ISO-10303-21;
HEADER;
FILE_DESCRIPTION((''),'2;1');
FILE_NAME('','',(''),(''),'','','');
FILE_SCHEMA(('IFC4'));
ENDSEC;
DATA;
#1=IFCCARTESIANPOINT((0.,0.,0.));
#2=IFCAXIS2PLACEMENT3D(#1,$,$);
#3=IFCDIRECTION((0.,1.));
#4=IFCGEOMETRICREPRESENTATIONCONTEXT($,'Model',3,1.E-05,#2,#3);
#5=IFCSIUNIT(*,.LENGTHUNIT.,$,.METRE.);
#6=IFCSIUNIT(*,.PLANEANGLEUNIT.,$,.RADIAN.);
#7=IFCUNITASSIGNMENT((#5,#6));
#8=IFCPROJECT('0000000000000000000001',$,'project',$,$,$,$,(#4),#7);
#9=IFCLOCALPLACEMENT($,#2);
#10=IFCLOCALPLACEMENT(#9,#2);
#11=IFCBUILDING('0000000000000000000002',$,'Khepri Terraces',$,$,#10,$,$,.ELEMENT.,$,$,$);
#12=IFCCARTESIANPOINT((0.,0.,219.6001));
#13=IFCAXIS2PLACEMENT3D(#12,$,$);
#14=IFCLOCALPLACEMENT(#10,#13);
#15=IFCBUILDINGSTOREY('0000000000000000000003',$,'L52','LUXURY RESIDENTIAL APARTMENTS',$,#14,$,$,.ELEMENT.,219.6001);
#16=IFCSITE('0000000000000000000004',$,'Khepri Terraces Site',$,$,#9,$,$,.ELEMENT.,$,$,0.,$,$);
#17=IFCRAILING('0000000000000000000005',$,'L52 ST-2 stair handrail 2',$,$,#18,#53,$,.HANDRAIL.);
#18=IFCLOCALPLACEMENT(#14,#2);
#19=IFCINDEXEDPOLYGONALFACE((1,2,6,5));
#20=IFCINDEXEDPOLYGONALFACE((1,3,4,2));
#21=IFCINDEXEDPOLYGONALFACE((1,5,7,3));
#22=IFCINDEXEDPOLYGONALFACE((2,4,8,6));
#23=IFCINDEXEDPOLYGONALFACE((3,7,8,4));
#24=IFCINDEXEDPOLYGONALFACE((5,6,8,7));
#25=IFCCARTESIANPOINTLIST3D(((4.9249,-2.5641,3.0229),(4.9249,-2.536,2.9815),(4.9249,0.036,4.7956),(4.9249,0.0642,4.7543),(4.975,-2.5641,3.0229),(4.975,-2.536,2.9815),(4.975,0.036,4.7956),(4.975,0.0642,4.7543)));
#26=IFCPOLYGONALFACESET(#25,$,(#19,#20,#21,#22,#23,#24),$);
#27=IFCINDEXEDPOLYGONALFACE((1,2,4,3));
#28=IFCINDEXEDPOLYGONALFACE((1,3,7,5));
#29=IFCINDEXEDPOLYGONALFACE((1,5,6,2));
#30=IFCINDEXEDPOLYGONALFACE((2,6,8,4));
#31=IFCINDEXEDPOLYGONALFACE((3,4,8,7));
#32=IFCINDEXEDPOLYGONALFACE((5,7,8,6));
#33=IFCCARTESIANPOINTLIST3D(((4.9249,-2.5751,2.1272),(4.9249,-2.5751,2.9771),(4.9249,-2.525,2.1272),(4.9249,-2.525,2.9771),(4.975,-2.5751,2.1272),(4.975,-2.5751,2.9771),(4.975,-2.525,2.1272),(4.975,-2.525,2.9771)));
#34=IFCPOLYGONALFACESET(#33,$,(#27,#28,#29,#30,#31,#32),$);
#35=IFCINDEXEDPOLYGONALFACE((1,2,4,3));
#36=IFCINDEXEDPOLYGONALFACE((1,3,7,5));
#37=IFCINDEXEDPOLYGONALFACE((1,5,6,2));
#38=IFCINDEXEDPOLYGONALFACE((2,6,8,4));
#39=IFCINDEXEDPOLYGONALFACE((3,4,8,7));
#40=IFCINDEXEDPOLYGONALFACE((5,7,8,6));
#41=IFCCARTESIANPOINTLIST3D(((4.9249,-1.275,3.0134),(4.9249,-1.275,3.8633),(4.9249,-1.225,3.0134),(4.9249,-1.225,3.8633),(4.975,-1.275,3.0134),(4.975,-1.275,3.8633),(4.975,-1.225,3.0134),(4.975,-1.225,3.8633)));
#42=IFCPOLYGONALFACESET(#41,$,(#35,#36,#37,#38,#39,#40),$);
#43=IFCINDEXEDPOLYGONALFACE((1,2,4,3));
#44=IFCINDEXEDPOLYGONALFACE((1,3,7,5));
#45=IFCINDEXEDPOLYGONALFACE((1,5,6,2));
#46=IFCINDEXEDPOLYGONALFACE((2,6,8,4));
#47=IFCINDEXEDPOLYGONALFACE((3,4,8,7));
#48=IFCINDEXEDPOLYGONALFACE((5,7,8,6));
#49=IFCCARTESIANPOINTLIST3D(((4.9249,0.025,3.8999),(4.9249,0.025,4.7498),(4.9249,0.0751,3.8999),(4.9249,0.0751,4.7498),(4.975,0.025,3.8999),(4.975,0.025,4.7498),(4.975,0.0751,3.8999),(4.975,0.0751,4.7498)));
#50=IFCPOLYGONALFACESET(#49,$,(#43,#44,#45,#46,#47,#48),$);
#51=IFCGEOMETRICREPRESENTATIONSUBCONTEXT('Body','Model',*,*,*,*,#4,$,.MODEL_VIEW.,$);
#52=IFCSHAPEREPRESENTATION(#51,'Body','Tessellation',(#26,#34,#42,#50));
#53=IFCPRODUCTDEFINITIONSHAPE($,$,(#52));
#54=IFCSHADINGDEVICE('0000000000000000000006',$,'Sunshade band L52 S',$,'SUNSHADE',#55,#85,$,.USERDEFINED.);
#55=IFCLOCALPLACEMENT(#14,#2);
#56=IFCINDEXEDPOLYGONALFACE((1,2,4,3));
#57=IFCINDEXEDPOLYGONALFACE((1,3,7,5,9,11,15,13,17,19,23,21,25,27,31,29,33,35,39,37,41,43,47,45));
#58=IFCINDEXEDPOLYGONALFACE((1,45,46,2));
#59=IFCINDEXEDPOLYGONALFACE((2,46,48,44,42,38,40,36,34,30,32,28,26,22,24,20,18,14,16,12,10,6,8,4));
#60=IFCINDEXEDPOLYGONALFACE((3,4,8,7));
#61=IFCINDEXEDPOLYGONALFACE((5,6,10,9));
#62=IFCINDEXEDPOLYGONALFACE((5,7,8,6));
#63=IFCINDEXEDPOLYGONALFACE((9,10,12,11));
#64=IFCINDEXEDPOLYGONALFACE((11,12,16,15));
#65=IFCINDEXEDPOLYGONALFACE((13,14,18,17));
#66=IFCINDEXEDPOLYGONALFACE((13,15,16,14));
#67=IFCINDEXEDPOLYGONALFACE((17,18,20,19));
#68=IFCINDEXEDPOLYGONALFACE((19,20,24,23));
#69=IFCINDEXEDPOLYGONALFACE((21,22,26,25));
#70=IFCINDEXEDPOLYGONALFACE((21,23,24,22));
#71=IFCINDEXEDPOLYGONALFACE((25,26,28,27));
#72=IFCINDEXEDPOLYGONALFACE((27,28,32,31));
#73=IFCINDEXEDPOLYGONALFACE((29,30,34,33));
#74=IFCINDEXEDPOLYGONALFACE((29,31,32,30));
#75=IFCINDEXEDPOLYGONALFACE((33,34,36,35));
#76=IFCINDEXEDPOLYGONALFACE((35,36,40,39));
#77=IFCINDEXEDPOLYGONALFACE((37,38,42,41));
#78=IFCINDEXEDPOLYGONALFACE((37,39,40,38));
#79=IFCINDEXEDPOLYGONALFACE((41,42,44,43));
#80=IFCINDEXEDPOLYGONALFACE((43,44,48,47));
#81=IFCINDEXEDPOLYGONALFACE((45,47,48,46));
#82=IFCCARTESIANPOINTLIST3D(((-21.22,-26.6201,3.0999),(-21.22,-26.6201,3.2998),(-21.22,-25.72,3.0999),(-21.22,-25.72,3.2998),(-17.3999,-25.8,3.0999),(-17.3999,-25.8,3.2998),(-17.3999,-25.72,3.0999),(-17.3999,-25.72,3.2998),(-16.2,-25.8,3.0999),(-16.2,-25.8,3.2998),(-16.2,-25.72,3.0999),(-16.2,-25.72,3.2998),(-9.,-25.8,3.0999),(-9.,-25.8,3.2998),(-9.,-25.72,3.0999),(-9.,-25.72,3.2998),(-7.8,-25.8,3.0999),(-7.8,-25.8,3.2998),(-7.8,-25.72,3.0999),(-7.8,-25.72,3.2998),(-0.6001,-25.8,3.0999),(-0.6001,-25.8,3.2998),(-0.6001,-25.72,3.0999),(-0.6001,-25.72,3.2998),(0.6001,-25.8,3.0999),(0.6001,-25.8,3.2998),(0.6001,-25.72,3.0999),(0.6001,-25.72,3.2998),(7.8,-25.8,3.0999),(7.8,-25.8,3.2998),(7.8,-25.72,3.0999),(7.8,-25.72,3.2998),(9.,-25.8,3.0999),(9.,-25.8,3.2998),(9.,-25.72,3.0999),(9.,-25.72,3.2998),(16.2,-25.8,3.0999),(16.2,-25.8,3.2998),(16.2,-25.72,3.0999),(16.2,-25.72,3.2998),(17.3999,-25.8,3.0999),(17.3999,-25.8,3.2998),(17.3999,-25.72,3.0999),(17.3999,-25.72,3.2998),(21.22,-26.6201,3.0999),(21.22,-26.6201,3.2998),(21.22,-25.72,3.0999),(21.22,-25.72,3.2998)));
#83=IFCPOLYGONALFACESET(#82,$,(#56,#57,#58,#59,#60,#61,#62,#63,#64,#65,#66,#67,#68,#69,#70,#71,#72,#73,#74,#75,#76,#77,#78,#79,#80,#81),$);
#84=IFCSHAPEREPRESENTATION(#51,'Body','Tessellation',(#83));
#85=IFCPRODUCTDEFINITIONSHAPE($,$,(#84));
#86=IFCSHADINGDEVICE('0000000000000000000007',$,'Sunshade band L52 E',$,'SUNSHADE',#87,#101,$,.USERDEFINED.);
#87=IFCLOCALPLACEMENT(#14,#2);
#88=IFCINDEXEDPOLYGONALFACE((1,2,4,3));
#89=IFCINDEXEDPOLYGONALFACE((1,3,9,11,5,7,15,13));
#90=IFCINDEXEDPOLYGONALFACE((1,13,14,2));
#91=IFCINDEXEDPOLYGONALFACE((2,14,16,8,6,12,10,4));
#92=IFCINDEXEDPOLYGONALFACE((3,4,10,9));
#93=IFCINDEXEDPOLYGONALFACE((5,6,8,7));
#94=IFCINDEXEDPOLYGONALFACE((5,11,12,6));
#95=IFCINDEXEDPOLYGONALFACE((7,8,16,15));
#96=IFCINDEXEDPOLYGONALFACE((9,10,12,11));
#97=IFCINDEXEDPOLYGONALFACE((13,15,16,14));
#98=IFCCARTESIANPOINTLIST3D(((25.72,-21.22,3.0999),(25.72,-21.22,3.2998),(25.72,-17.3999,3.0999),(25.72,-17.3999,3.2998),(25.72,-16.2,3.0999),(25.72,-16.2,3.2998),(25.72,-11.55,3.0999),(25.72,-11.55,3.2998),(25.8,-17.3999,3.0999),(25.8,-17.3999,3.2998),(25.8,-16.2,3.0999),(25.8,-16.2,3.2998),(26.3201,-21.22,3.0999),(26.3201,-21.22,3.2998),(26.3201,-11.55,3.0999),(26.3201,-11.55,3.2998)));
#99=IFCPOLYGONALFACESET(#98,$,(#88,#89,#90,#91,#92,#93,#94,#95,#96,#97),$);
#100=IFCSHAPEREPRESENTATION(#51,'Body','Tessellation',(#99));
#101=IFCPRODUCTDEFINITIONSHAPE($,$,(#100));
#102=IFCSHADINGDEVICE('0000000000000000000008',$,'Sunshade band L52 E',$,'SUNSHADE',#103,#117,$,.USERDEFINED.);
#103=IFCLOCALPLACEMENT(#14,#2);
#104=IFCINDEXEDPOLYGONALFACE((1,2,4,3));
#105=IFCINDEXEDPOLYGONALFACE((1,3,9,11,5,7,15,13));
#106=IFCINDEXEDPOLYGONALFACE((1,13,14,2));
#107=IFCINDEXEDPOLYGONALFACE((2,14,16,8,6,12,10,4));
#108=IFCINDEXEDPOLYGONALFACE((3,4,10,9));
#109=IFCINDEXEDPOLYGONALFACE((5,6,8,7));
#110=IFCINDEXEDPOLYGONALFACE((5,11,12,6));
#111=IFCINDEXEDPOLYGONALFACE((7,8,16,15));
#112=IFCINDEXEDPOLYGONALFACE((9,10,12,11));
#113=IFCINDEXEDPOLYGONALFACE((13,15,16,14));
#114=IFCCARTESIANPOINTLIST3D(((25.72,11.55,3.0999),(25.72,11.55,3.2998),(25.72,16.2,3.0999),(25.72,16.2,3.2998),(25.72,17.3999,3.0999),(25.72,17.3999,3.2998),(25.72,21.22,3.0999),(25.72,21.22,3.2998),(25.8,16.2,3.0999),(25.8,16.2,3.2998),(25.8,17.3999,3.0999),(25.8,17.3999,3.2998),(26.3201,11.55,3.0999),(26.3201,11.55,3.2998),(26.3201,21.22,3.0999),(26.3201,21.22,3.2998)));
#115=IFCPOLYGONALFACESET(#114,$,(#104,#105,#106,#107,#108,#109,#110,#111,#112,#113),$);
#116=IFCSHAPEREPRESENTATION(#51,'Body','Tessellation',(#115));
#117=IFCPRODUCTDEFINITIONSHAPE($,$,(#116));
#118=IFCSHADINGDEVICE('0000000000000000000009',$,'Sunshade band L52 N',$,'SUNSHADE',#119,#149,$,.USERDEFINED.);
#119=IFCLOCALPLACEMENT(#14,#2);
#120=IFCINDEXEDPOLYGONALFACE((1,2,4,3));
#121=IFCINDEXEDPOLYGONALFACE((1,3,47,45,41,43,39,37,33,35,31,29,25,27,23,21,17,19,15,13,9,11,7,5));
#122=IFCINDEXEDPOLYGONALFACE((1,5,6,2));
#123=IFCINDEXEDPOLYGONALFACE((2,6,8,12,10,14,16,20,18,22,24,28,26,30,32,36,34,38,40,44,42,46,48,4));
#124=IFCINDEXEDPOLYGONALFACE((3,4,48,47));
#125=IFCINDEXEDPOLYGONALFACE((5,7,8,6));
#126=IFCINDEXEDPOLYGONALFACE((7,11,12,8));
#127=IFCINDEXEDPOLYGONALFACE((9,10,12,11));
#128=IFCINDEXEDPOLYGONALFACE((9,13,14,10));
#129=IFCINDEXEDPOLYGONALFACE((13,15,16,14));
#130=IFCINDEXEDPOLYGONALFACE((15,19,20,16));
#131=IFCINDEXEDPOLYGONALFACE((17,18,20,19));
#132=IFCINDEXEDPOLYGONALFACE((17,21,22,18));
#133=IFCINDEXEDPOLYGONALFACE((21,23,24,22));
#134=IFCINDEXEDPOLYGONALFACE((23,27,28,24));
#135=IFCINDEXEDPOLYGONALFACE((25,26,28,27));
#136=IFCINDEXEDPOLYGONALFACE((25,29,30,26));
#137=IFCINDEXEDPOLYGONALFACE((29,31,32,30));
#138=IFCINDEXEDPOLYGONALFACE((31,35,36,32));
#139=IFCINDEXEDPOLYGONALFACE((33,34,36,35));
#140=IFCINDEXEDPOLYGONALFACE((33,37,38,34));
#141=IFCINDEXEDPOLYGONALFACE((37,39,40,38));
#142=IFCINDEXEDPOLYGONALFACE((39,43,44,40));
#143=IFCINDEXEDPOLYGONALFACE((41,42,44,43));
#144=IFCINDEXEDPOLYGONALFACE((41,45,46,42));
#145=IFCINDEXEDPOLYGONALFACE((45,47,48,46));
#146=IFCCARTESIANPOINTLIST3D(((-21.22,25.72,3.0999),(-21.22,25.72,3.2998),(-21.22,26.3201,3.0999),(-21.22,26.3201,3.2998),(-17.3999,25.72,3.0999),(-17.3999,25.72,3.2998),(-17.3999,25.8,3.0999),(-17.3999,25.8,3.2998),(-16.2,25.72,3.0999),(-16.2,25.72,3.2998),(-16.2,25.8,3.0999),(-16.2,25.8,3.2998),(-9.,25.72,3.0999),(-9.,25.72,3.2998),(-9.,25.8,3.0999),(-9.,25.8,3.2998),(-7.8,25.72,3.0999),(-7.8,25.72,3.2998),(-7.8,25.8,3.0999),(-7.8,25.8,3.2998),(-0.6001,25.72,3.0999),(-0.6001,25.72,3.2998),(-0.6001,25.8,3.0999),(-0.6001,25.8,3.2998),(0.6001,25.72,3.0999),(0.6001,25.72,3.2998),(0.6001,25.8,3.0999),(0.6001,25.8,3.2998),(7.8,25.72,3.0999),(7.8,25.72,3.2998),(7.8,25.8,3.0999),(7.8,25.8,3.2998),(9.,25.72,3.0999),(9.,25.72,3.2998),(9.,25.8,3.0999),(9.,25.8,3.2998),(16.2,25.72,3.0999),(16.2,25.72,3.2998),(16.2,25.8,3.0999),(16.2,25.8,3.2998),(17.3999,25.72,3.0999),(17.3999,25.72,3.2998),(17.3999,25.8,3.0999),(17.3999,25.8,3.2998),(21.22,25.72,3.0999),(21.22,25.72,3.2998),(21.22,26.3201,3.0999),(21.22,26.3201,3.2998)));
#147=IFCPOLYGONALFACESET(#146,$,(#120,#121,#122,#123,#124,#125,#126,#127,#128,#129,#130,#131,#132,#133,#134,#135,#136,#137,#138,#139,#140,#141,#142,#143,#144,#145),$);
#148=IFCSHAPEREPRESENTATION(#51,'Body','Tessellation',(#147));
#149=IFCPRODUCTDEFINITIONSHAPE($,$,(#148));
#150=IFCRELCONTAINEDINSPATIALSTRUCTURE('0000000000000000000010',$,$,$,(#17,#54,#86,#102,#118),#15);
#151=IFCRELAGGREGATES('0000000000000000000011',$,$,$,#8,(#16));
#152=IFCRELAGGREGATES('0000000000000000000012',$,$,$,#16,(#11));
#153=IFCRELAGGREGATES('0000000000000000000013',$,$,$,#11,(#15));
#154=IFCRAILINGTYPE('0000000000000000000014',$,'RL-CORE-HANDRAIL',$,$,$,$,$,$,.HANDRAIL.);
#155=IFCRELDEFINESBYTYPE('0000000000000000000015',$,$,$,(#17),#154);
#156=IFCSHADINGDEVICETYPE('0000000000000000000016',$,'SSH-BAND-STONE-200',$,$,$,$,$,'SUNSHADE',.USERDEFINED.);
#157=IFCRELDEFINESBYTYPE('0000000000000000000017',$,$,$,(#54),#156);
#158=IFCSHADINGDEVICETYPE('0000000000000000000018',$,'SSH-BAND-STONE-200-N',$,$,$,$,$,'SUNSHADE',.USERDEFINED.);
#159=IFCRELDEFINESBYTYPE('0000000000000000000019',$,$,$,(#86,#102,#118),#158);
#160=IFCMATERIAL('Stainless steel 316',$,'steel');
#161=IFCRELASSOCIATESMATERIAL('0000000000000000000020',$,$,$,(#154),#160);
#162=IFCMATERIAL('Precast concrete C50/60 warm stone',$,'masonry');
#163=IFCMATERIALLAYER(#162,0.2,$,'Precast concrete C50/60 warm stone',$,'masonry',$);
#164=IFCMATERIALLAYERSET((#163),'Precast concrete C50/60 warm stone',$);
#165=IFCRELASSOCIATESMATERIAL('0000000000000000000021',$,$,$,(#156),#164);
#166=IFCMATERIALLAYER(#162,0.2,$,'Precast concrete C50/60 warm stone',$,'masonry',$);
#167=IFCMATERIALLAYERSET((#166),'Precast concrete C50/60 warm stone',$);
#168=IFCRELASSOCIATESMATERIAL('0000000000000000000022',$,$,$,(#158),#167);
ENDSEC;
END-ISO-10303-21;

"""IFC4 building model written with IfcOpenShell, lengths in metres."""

from ifc_helpers import new_model, si_unit, direction, frame, origin, origin_2d, place, context, subcontext, project, spatial, polyline, rectangle, outline, extrude, material, layer, layer_set, type_object, element, save


model = new_model("IFC4")

# Units and contexts
model_context = context("Model", 3, precision=1e-05, world=origin(), true_north=direction((0.0, 1.0)))
body_context = subcontext(model_context, "Body", "Model", "MODEL_VIEW")
ifc_project = project(units=[si_unit("LENGTHUNIT", "METRE"), si_unit("PLANEANGLEUNIT", "RADIAN")], contexts=[model_context])

# Site, building, storey
site_placement = place(None, origin())
site = spatial("IfcSite", under=ifc_project, at=site_placement, Name="Khepri Terraces Site", CompositionType="ELEMENT", RefElevation=0.0)
building_placement = place(site_placement, origin())
building = spatial("IfcBuilding", under=site, at=building_placement, Name="Khepri Terraces", CompositionType="ELEMENT")
storey_placement = place(building_placement, frame((0.0, 0.0, 219.6001)))
storey = spatial("IfcBuildingStorey", under=building, at=storey_placement, Name="L52", Description="LUXURY RESIDENTIAL APARTMENTS", CompositionType="ELEMENT", Elevation=219.6001)

# Shared definitions
ifc_material_1 = material(Name="Precast concrete C50/60 warm stone", Category="masonry")

# Railing
ifc_material_2 = material(Name="Stainless steel 316", Category="steel")
railing_type_1 = type_object("IfcRailingType", Name="RL-CORE-HANDRAIL", PredefinedType="HANDRAIL", material=ifc_material_2)
railing_1_placement = place(storey_placement, frame((4.95, -2.55, 2.1272)))
element("IfcRailing", 1, at=railing_1_placement, inside=storey, type_object=railing_type_1, Name="L52 ST-2 stair handrail 2", PredefinedType="HANDRAIL", context=body_context, shape_type="SweptSolid", body=[
    extrude(rectangle(XDim=0.05, YDim=0.05, at=origin_2d()), frame((0.0, 0.0, 0.875), z_axis=(0.0, 0.82624, 0.563318), x_axis=(-1.0, 0.0, 0.0)), (0.0, 0.0, 1.0), 3.147),
    extrude(rectangle(XDim=0.05, YDim=0.05, at=origin_2d()), origin(), (0.0, 0.0, 1.0), 0.8499),
    extrude(rectangle(XDim=0.05, YDim=0.05, at=origin_2d()), frame((0.0, 1.3, 0.8862)), (0.0, 0.0, 1.0), 0.8499),
    extrude(rectangle(XDim=0.05, YDim=0.05, at=origin_2d()), frame((0.0, 2.6001, 1.7727)), (0.0, 0.0, 1.0), 0.8499),
])

# Shading devices
ifc_layer_1 = layer(ifc_material_1, 0.2, Name="Precast concrete C50/60 warm stone", Category="masonry")
ifc_layer_set_1 = layer_set([ifc_layer_1], Name="Precast concrete C50/60 warm stone")
shading_device_type_1 = type_object("IfcShadingDeviceType", Name="SSH-BAND-STONE-200", ElementType="SUNSHADE", PredefinedType="USERDEFINED", material=ifc_layer_set_1)
shading_device_1_placement = place(storey_placement, frame((0.0, 0.0, 3.0999)))
element("IfcShadingDevice", 2, at=shading_device_1_placement, inside=storey, type_object=shading_device_type_1, Name="Sunshade band L52 S", ObjectType="SUNSHADE", PredefinedType="USERDEFINED", context=body_context, shape_type="SweptSolid", body=[
    extrude(outline(polyline([(-17.3999, -25.72), (-21.22, -25.72), (-21.22, -26.6201), (21.22, -26.6201), (21.22, -25.72), (17.3999, -25.72), (17.3999, -25.8), (16.2, -25.8), (16.2, -25.72), (9.0, -25.72), (9.0, -25.8), (7.8, -25.8), (7.8, -25.72), (0.6001, -25.72), (0.6001, -25.8), (-0.6001, -25.8), (-0.6001, -25.72), (-7.8, -25.72), (-7.8, -25.8), (-9.0, -25.8), (-9.0, -25.72), (-16.2, -25.72), (-16.2, -25.8), (-17.3999, -25.8), (-17.3999, -25.72)])), origin(), (0.0, 0.0, 1.0), 0.2),
])
ifc_layer_2 = layer(ifc_material_1, 0.2, Name="Precast concrete C50/60 warm stone", Category="masonry")
ifc_layer_set_2 = layer_set([ifc_layer_2], Name="Precast concrete C50/60 warm stone")
shading_device_type_2 = type_object("IfcShadingDeviceType", Name="SSH-BAND-STONE-200-N", ElementType="SUNSHADE", PredefinedType="USERDEFINED", material=ifc_layer_set_2)
shading_device_2_placement = place(storey_placement, frame((0.0, 0.0, 3.0999)))
element("IfcShadingDevice", 3, at=shading_device_2_placement, inside=storey, type_object=shading_device_type_2, Name="Sunshade band L52 E", ObjectType="SUNSHADE", PredefinedType="USERDEFINED", context=body_context, shape_type="SweptSolid", body=[
    extrude(outline(polyline([(25.72, -17.3999), (25.72, -21.22), (26.3201, -21.22), (26.3201, -11.55), (25.72, -11.55), (25.72, -16.2), (25.8, -16.2), (25.8, -17.3999), (25.72, -17.3999)])), origin(), (0.0, 0.0, 1.0), 0.2),
])
shading_device_3_placement = place(storey_placement, frame((0.0, 0.0, 3.0999)))
element("IfcShadingDevice", 4, at=shading_device_3_placement, inside=storey, type_object=shading_device_type_2, Name="Sunshade band L52 E", ObjectType="SUNSHADE", PredefinedType="USERDEFINED", context=body_context, shape_type="SweptSolid", body=[
    extrude(outline(polyline([(25.72, 16.2), (25.72, 11.55), (26.3201, 11.55), (26.3201, 21.22), (25.72, 21.22), (25.72, 17.3999), (25.8, 17.3999), (25.8, 16.2), (25.72, 16.2)])), origin(), (0.0, 0.0, 1.0), 0.2),
])
shading_device_4_placement = place(storey_placement, frame((0.0, 0.0, 3.0999)))
element("IfcShadingDevice", 5, at=shading_device_4_placement, inside=storey, type_object=shading_device_type_2, Name="Sunshade band L52 N", ObjectType="SUNSHADE", PredefinedType="USERDEFINED", context=body_context, shape_type="SweptSolid", body=[
    extrude(outline(polyline([(17.3999, 25.72), (21.22, 25.72), (21.22, 26.3201), (-21.22, 26.3201), (-21.22, 25.72), (-17.3999, 25.72), (-17.3999, 25.8), (-16.2, 25.8), (-16.2, 25.72), (-9.0, 25.72), (-9.0, 25.8), (-7.8, 25.8), (-7.8, 25.72), (-0.6001, 25.72), (-0.6001, 25.8), (0.6001, 25.8), (0.6001, 25.72), (7.8, 25.72), (7.8, 25.8), (9.0, 25.8), (9.0, 25.72), (16.2, 25.72), (16.2, 25.8), (17.3999, 25.8), (17.3999, 25.72)])), origin(), (0.0, 0.0, 1.0), 0.2),
])

save(model, "model.ifc")
